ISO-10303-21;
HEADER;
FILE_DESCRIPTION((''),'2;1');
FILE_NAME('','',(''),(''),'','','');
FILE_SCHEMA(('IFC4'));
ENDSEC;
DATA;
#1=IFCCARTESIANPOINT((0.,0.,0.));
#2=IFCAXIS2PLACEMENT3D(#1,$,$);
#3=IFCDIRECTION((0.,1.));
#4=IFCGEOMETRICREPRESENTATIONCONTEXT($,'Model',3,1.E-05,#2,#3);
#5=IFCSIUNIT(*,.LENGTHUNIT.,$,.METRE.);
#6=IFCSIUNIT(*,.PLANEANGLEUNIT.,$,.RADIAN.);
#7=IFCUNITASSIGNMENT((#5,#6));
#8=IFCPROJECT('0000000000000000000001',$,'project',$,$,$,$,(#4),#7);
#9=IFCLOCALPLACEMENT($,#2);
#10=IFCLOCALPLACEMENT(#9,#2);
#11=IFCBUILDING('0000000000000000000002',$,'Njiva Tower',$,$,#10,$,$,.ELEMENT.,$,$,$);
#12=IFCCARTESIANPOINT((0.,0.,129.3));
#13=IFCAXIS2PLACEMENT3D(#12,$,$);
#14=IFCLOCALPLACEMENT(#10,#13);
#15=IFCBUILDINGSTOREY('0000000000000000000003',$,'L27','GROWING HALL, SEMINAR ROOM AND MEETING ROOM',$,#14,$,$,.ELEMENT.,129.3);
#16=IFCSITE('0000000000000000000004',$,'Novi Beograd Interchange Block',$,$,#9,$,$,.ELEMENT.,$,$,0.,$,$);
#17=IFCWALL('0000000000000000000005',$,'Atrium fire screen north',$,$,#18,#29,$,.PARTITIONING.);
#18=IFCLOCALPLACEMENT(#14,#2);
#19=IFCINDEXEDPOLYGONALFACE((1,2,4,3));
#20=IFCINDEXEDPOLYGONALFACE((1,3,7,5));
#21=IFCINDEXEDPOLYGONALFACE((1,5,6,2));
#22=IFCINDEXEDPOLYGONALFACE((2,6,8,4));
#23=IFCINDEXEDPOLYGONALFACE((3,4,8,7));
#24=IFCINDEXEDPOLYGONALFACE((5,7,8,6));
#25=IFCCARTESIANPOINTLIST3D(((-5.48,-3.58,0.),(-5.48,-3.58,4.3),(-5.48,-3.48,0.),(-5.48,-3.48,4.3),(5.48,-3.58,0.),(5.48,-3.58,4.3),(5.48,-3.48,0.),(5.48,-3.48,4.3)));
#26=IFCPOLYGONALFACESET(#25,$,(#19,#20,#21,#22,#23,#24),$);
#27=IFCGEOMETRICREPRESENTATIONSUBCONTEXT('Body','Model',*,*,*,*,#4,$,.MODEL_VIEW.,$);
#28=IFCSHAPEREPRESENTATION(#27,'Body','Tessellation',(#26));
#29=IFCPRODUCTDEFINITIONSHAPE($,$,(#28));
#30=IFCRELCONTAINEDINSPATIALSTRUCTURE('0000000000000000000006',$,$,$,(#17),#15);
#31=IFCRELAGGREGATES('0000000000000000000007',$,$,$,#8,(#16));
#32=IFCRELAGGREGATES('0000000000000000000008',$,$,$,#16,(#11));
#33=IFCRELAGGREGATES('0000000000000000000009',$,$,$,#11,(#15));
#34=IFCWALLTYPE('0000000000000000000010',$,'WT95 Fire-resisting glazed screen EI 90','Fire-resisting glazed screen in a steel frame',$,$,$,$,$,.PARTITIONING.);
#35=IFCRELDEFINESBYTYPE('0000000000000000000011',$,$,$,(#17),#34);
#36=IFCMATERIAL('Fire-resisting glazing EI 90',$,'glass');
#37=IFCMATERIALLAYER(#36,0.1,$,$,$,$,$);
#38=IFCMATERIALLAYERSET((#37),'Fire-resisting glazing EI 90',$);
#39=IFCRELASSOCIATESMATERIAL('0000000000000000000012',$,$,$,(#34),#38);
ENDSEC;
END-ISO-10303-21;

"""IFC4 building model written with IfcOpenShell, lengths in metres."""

from ifc_helpers import new_model, si_unit, direction, frame, frame_2d, origin, place, context, subcontext, project, spatial, rectangle, extrude, material, layer, layer_set, type_object, element, save


model = new_model("IFC4")

# Units and contexts
model_context = context("Model", 3, precision=1e-05, world=origin(), true_north=direction((0.0, 1.0)))
body_context = subcontext(model_context, "Body", "Model", "MODEL_VIEW")
ifc_project = project(units=[si_unit("LENGTHUNIT", "METRE"), si_unit("PLANEANGLEUNIT", "RADIAN")], contexts=[model_context])

# Site, building, storey
site_placement = place(None, origin())
site = spatial("IfcSite", under=ifc_project, at=site_placement, Name="Novi Beograd Interchange Block", CompositionType="ELEMENT", RefElevation=0.0)
building_placement = place(site_placement, origin())
building = spatial("IfcBuilding", under=site, at=building_placement, Name="Njiva Tower", CompositionType="ELEMENT")
storey_placement = place(building_placement, frame((0.0, 0.0, 129.3)))
storey = spatial("IfcBuildingStorey", under=building, at=storey_placement, Name="L27", Description="GROWING HALL, SEMINAR ROOM AND MEETING ROOM", CompositionType="ELEMENT", Elevation=129.3)

# Wall
ifc_material_1 = material(Name="Fire-resisting glazing EI 90", Category="glass")
ifc_layer_1 = layer(ifc_material_1, 0.1)
ifc_layer_set_1 = layer_set([ifc_layer_1], Name="Fire-resisting glazing EI 90")
wall_type_1 = type_object("IfcWallType", Name="WT95 Fire-resisting glazed screen EI 90", Description="Fire-resisting glazed screen in a steel frame", PredefinedType="PARTITIONING", material=ifc_layer_set_1)
wall_1_placement = place(storey_placement, frame((5.48, -3.53, 0.0), z_axis=(0.0, 0.0, 1.0), x_axis=(-1.0, 0.0, 0.0)))
element("IfcWall", 1, at=wall_1_placement, inside=storey, type_object=wall_type_1, Name="Atrium fire screen north", PredefinedType="PARTITIONING", context=body_context, shape_type="SweptSolid", body=[
    extrude(rectangle(XDim=10.96, YDim=0.1, at=frame_2d((5.48, 0.0))), origin(), (0.0, 0.0, 1.0), 4.3),
])

save(model, "model.ifc")
